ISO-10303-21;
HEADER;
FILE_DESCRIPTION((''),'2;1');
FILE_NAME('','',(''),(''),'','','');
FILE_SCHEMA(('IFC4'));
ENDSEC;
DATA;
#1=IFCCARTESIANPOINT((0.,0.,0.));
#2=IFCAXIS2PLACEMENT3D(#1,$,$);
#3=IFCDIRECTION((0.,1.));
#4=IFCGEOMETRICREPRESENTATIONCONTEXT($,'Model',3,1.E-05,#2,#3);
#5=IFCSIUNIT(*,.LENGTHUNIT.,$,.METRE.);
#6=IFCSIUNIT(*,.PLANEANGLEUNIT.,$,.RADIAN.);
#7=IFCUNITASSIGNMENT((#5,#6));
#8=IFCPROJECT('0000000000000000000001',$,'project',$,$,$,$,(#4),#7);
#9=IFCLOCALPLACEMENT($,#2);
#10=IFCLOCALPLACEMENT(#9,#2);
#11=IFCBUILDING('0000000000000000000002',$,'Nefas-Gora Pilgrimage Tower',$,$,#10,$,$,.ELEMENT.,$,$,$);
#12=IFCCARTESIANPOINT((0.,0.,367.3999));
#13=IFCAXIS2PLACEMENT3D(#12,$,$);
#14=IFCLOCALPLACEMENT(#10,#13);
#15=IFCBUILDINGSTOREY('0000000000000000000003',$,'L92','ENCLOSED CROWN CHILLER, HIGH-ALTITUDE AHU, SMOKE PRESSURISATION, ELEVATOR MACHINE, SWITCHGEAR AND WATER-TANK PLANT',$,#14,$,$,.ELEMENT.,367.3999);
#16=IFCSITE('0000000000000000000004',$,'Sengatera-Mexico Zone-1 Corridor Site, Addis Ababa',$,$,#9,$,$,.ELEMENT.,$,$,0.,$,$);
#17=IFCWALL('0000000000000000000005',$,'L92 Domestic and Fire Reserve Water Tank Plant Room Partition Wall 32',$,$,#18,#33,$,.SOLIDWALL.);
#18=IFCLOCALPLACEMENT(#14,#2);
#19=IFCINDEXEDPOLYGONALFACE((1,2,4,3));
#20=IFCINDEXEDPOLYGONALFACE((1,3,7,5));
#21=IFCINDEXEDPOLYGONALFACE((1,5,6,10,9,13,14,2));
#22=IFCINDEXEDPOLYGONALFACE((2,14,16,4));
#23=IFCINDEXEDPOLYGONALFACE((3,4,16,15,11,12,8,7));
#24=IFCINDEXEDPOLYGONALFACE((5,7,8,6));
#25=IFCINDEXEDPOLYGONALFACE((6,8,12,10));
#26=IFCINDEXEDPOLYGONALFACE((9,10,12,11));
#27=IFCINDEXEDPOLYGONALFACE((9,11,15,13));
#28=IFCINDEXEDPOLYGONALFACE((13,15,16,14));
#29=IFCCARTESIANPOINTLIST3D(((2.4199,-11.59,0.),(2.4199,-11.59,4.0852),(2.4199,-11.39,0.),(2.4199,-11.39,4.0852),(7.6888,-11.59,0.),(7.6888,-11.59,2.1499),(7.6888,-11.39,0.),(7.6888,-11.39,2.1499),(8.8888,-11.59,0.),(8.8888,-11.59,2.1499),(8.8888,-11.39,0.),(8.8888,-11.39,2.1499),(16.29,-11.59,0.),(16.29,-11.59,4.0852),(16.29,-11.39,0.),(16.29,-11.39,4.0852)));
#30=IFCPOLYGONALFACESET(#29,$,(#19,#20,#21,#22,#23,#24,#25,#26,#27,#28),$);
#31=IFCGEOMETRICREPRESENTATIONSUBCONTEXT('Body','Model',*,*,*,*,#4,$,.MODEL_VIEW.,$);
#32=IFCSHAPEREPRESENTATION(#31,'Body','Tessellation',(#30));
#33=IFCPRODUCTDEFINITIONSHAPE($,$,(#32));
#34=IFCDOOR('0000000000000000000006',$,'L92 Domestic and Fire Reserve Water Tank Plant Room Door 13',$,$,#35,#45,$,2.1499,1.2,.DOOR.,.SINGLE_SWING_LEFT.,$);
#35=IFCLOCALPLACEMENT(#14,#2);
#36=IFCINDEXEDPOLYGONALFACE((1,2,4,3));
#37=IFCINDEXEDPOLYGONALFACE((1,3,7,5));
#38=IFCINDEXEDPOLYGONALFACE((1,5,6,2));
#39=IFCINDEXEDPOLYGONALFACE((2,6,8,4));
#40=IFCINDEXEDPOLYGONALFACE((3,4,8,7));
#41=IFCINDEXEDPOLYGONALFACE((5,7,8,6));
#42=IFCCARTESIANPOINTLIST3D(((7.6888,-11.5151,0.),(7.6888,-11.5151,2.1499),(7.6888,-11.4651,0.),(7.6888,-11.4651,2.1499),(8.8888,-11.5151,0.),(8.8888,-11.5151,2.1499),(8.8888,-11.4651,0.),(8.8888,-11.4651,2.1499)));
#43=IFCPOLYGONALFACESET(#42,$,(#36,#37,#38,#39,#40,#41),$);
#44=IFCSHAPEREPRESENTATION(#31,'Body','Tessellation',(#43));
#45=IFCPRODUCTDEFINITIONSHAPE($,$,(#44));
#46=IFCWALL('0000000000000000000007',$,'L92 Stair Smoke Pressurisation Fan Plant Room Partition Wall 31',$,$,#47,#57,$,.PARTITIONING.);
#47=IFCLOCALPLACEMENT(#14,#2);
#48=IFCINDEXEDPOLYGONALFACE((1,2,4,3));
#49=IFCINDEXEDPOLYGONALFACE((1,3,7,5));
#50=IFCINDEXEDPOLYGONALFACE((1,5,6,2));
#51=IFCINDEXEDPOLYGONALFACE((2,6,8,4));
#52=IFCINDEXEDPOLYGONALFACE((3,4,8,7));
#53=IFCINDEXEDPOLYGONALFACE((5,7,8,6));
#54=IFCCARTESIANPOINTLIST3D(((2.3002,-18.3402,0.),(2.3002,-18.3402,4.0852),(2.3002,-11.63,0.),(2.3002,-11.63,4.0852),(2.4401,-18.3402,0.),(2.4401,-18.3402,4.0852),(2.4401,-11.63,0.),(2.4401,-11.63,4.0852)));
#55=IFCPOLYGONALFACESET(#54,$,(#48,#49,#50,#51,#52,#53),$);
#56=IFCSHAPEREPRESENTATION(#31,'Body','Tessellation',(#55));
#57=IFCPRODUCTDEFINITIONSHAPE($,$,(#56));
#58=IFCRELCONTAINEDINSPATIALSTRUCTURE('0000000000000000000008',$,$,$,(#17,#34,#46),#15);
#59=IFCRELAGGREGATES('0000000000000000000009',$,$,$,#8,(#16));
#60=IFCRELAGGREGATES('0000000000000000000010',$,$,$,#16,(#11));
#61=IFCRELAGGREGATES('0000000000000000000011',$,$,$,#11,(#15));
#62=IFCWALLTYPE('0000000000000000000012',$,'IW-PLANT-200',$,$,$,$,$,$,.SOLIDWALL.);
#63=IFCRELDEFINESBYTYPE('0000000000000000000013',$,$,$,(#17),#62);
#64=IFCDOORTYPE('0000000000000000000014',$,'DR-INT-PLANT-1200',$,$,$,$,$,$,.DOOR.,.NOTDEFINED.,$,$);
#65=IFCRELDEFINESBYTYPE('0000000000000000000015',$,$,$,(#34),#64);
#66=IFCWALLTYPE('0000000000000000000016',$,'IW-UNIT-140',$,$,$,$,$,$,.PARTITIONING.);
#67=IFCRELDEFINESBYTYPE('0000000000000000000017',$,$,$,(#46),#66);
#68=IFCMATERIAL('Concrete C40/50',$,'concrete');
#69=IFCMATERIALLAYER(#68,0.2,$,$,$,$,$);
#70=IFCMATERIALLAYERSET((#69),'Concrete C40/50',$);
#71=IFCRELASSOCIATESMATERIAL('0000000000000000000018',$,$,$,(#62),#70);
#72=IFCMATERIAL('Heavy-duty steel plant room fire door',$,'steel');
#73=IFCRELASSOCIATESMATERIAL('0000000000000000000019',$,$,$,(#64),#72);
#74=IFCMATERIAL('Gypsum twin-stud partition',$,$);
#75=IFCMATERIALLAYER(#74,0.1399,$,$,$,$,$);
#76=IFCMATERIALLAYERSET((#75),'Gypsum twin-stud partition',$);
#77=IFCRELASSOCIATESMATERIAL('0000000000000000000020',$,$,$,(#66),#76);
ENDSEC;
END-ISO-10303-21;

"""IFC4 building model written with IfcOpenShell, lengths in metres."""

from ifc_helpers import new_model, si_unit, direction, frame, frame_2d, origin, place, context, subcontext, project, spatial, rectangle, extrude, source, transform, mapped, material, layer, layer_set, type_object, element, fill, save


model = new_model("IFC4")

# Units and contexts
model_context = context("Model", 3, precision=1e-05, world=origin(), true_north=direction((0.0, 1.0)))
body_context = subcontext(model_context, "Body", "Model", "MODEL_VIEW")
ifc_project = project(units=[si_unit("LENGTHUNIT", "METRE"), si_unit("PLANEANGLEUNIT", "RADIAN")], contexts=[model_context])

# Site, building, storey
site_placement = place(None, origin())
site = spatial("IfcSite", under=ifc_project, at=site_placement, Name="Sengatera-Mexico Zone-1 Corridor Site, Addis Ababa", CompositionType="ELEMENT", RefElevation=0.0)
building_placement = place(site_placement, origin())
building = spatial("IfcBuilding", under=site, at=building_placement, Name="Nefas-Gora Pilgrimage Tower", CompositionType="ELEMENT")
storey_placement = place(building_placement, frame((0.0, 0.0, 367.3999)))
storey = spatial("IfcBuildingStorey", under=building, at=storey_placement, Name="L92", Description="ENCLOSED CROWN CHILLER, HIGH-ALTITUDE AHU, SMOKE PRESSURISATION, ELEVATOR MACHINE, SWITCHGEAR AND WATER-TANK PLANT", CompositionType="ELEMENT", Elevation=367.3999)

# Shared definitions
ifc_material_1 = material(Name="Concrete C40/50", Category="concrete")
ifc_layer_1 = layer(ifc_material_1, 0.2)
ifc_layer_set_1 = layer_set([ifc_layer_1], Name="Concrete C40/50")
wall_type_1 = type_object("IfcWallType", Name="IW-PLANT-200", PredefinedType="SOLIDWALL", material=ifc_layer_set_1)
ifc_material_2 = material(Name="Heavy-duty steel plant room fire door", Category="steel")
door_type = type_object("IfcDoorType", Name="DR-INT-PLANT-1200", OperationType="NOTDEFINED", PredefinedType="DOOR", material=ifc_material_2)
shared_shape_1 = source(origin(), body_context, "Body", "SweptSolid", [
    extrude(rectangle(XDim=1.2, YDim=2.1499, at=frame_2d((0.6001, 1.075))), frame((0.0, 0.0249, 0.0), z_axis=(0.0, -1.0, 0.0), x_axis=(1.0, 0.0, 0.0)), (0.0, 0.0, 1.0), 0.05),
])

# Shared definitions
ifc_material_3 = material(Name="Gypsum twin-stud partition")
ifc_layer_2 = layer(ifc_material_3, 0.1399)
ifc_layer_set_2 = layer_set([ifc_layer_2], Name="Gypsum twin-stud partition")
wall_type_2 = type_object("IfcWallType", Name="IW-UNIT-140", PredefinedType="PARTITIONING", material=ifc_layer_set_2)

# Wall, opening, door
shared_shape_2 = source(origin(), body_context, "Body", "SweptSolid", [
    extrude(rectangle(XDim=13.8701, YDim=0.2, at=frame_2d((6.9351, 0.0))), origin(), (0.0, 0.0, 1.0), 4.0852),
])
wall_1_placement = place(storey_placement, frame((2.4199, -11.49, 0.0), z_axis=(0.0, 0.0, 1.0), x_axis=(1.0, 0.0, 0.0)))
wall_1 = element("IfcWall", 1, at=wall_1_placement, inside=storey, type_object=wall_type_1, Name="L92 Domestic and Fire Reserve Water Tank Plant Room Partition Wall 32", PredefinedType="SOLIDWALL", context=body_context, shape_type="MappedRepresentation", body=[
    mapped(shared_shape_2, transform((0.0, 0.0, 0.0), x_axis=(1.0, 0.0, 0.0), y_axis=(0.0, 1.0, 0.0), z_axis=(0.0, 0.0, 1.0), scale=1.0)),
])
opening_1_placement = place(wall_1_placement, frame((5.2688, 0.0, 0.0)))
opening_1 = element("IfcOpeningElement", 2, at=opening_1_placement, cuts=wall_1, PredefinedType="OPENING", context=body_context, shape_type="SweptSolid", body=[
    extrude(rectangle(XDim=1.2, YDim=2.1499, at=frame_2d((0.6001, 1.075))), frame((0.0, 0.1099, 0.0), z_axis=(0.0, -1.0, 0.0), x_axis=(1.0, 0.0, 0.0)), (0.0, 0.0, 1.0), 0.22),
])
door_1_placement = place(opening_1_placement, origin())
door_1 = element("IfcDoor", 3, at=door_1_placement, inside=storey, type_object=door_type, Name="L92 Domestic and Fire Reserve Water Tank Plant Room Door 13", OperationType="SINGLE_SWING_LEFT", OverallHeight=2.1499, OverallWidth=1.2, PredefinedType="DOOR", context=body_context, shape_type="MappedRepresentation", body=[
    mapped(shared_shape_1, transform((0.0, 0.0, 0.0), x_axis=(1.0, 0.0, 0.0), y_axis=(0.0, 1.0, 0.0), z_axis=(0.0, 0.0, 1.0), scale=1.0)),
])
fill(opening_1, door_1)

# Wall
shared_shape_3 = source(origin(), body_context, "Body", "SweptSolid", [
    extrude(rectangle(XDim=6.7102, YDim=0.1399, at=frame_2d((3.355, 0.0))), origin(), (0.0, 0.0, 1.0), 4.0852),
])
wall_2_placement = place(storey_placement, frame((2.3701, -18.3401, 0.0), z_axis=(0.0, 0.0, 1.0), x_axis=(0.0, 1.0, 0.0)))
element("IfcWall", 4, at=wall_2_placement, inside=storey, type_object=wall_type_2, Name="L92 Stair Smoke Pressurisation Fan Plant Room Partition Wall 31", PredefinedType="PARTITIONING", context=body_context, shape_type="MappedRepresentation", body=[
    mapped(shared_shape_3, transform((0.0, 0.0, 0.0), x_axis=(1.0, 0.0, 0.0), y_axis=(0.0, 1.0, 0.0), z_axis=(0.0, 0.0, 1.0), scale=1.0)),
])

save(model, "model.ifc")
